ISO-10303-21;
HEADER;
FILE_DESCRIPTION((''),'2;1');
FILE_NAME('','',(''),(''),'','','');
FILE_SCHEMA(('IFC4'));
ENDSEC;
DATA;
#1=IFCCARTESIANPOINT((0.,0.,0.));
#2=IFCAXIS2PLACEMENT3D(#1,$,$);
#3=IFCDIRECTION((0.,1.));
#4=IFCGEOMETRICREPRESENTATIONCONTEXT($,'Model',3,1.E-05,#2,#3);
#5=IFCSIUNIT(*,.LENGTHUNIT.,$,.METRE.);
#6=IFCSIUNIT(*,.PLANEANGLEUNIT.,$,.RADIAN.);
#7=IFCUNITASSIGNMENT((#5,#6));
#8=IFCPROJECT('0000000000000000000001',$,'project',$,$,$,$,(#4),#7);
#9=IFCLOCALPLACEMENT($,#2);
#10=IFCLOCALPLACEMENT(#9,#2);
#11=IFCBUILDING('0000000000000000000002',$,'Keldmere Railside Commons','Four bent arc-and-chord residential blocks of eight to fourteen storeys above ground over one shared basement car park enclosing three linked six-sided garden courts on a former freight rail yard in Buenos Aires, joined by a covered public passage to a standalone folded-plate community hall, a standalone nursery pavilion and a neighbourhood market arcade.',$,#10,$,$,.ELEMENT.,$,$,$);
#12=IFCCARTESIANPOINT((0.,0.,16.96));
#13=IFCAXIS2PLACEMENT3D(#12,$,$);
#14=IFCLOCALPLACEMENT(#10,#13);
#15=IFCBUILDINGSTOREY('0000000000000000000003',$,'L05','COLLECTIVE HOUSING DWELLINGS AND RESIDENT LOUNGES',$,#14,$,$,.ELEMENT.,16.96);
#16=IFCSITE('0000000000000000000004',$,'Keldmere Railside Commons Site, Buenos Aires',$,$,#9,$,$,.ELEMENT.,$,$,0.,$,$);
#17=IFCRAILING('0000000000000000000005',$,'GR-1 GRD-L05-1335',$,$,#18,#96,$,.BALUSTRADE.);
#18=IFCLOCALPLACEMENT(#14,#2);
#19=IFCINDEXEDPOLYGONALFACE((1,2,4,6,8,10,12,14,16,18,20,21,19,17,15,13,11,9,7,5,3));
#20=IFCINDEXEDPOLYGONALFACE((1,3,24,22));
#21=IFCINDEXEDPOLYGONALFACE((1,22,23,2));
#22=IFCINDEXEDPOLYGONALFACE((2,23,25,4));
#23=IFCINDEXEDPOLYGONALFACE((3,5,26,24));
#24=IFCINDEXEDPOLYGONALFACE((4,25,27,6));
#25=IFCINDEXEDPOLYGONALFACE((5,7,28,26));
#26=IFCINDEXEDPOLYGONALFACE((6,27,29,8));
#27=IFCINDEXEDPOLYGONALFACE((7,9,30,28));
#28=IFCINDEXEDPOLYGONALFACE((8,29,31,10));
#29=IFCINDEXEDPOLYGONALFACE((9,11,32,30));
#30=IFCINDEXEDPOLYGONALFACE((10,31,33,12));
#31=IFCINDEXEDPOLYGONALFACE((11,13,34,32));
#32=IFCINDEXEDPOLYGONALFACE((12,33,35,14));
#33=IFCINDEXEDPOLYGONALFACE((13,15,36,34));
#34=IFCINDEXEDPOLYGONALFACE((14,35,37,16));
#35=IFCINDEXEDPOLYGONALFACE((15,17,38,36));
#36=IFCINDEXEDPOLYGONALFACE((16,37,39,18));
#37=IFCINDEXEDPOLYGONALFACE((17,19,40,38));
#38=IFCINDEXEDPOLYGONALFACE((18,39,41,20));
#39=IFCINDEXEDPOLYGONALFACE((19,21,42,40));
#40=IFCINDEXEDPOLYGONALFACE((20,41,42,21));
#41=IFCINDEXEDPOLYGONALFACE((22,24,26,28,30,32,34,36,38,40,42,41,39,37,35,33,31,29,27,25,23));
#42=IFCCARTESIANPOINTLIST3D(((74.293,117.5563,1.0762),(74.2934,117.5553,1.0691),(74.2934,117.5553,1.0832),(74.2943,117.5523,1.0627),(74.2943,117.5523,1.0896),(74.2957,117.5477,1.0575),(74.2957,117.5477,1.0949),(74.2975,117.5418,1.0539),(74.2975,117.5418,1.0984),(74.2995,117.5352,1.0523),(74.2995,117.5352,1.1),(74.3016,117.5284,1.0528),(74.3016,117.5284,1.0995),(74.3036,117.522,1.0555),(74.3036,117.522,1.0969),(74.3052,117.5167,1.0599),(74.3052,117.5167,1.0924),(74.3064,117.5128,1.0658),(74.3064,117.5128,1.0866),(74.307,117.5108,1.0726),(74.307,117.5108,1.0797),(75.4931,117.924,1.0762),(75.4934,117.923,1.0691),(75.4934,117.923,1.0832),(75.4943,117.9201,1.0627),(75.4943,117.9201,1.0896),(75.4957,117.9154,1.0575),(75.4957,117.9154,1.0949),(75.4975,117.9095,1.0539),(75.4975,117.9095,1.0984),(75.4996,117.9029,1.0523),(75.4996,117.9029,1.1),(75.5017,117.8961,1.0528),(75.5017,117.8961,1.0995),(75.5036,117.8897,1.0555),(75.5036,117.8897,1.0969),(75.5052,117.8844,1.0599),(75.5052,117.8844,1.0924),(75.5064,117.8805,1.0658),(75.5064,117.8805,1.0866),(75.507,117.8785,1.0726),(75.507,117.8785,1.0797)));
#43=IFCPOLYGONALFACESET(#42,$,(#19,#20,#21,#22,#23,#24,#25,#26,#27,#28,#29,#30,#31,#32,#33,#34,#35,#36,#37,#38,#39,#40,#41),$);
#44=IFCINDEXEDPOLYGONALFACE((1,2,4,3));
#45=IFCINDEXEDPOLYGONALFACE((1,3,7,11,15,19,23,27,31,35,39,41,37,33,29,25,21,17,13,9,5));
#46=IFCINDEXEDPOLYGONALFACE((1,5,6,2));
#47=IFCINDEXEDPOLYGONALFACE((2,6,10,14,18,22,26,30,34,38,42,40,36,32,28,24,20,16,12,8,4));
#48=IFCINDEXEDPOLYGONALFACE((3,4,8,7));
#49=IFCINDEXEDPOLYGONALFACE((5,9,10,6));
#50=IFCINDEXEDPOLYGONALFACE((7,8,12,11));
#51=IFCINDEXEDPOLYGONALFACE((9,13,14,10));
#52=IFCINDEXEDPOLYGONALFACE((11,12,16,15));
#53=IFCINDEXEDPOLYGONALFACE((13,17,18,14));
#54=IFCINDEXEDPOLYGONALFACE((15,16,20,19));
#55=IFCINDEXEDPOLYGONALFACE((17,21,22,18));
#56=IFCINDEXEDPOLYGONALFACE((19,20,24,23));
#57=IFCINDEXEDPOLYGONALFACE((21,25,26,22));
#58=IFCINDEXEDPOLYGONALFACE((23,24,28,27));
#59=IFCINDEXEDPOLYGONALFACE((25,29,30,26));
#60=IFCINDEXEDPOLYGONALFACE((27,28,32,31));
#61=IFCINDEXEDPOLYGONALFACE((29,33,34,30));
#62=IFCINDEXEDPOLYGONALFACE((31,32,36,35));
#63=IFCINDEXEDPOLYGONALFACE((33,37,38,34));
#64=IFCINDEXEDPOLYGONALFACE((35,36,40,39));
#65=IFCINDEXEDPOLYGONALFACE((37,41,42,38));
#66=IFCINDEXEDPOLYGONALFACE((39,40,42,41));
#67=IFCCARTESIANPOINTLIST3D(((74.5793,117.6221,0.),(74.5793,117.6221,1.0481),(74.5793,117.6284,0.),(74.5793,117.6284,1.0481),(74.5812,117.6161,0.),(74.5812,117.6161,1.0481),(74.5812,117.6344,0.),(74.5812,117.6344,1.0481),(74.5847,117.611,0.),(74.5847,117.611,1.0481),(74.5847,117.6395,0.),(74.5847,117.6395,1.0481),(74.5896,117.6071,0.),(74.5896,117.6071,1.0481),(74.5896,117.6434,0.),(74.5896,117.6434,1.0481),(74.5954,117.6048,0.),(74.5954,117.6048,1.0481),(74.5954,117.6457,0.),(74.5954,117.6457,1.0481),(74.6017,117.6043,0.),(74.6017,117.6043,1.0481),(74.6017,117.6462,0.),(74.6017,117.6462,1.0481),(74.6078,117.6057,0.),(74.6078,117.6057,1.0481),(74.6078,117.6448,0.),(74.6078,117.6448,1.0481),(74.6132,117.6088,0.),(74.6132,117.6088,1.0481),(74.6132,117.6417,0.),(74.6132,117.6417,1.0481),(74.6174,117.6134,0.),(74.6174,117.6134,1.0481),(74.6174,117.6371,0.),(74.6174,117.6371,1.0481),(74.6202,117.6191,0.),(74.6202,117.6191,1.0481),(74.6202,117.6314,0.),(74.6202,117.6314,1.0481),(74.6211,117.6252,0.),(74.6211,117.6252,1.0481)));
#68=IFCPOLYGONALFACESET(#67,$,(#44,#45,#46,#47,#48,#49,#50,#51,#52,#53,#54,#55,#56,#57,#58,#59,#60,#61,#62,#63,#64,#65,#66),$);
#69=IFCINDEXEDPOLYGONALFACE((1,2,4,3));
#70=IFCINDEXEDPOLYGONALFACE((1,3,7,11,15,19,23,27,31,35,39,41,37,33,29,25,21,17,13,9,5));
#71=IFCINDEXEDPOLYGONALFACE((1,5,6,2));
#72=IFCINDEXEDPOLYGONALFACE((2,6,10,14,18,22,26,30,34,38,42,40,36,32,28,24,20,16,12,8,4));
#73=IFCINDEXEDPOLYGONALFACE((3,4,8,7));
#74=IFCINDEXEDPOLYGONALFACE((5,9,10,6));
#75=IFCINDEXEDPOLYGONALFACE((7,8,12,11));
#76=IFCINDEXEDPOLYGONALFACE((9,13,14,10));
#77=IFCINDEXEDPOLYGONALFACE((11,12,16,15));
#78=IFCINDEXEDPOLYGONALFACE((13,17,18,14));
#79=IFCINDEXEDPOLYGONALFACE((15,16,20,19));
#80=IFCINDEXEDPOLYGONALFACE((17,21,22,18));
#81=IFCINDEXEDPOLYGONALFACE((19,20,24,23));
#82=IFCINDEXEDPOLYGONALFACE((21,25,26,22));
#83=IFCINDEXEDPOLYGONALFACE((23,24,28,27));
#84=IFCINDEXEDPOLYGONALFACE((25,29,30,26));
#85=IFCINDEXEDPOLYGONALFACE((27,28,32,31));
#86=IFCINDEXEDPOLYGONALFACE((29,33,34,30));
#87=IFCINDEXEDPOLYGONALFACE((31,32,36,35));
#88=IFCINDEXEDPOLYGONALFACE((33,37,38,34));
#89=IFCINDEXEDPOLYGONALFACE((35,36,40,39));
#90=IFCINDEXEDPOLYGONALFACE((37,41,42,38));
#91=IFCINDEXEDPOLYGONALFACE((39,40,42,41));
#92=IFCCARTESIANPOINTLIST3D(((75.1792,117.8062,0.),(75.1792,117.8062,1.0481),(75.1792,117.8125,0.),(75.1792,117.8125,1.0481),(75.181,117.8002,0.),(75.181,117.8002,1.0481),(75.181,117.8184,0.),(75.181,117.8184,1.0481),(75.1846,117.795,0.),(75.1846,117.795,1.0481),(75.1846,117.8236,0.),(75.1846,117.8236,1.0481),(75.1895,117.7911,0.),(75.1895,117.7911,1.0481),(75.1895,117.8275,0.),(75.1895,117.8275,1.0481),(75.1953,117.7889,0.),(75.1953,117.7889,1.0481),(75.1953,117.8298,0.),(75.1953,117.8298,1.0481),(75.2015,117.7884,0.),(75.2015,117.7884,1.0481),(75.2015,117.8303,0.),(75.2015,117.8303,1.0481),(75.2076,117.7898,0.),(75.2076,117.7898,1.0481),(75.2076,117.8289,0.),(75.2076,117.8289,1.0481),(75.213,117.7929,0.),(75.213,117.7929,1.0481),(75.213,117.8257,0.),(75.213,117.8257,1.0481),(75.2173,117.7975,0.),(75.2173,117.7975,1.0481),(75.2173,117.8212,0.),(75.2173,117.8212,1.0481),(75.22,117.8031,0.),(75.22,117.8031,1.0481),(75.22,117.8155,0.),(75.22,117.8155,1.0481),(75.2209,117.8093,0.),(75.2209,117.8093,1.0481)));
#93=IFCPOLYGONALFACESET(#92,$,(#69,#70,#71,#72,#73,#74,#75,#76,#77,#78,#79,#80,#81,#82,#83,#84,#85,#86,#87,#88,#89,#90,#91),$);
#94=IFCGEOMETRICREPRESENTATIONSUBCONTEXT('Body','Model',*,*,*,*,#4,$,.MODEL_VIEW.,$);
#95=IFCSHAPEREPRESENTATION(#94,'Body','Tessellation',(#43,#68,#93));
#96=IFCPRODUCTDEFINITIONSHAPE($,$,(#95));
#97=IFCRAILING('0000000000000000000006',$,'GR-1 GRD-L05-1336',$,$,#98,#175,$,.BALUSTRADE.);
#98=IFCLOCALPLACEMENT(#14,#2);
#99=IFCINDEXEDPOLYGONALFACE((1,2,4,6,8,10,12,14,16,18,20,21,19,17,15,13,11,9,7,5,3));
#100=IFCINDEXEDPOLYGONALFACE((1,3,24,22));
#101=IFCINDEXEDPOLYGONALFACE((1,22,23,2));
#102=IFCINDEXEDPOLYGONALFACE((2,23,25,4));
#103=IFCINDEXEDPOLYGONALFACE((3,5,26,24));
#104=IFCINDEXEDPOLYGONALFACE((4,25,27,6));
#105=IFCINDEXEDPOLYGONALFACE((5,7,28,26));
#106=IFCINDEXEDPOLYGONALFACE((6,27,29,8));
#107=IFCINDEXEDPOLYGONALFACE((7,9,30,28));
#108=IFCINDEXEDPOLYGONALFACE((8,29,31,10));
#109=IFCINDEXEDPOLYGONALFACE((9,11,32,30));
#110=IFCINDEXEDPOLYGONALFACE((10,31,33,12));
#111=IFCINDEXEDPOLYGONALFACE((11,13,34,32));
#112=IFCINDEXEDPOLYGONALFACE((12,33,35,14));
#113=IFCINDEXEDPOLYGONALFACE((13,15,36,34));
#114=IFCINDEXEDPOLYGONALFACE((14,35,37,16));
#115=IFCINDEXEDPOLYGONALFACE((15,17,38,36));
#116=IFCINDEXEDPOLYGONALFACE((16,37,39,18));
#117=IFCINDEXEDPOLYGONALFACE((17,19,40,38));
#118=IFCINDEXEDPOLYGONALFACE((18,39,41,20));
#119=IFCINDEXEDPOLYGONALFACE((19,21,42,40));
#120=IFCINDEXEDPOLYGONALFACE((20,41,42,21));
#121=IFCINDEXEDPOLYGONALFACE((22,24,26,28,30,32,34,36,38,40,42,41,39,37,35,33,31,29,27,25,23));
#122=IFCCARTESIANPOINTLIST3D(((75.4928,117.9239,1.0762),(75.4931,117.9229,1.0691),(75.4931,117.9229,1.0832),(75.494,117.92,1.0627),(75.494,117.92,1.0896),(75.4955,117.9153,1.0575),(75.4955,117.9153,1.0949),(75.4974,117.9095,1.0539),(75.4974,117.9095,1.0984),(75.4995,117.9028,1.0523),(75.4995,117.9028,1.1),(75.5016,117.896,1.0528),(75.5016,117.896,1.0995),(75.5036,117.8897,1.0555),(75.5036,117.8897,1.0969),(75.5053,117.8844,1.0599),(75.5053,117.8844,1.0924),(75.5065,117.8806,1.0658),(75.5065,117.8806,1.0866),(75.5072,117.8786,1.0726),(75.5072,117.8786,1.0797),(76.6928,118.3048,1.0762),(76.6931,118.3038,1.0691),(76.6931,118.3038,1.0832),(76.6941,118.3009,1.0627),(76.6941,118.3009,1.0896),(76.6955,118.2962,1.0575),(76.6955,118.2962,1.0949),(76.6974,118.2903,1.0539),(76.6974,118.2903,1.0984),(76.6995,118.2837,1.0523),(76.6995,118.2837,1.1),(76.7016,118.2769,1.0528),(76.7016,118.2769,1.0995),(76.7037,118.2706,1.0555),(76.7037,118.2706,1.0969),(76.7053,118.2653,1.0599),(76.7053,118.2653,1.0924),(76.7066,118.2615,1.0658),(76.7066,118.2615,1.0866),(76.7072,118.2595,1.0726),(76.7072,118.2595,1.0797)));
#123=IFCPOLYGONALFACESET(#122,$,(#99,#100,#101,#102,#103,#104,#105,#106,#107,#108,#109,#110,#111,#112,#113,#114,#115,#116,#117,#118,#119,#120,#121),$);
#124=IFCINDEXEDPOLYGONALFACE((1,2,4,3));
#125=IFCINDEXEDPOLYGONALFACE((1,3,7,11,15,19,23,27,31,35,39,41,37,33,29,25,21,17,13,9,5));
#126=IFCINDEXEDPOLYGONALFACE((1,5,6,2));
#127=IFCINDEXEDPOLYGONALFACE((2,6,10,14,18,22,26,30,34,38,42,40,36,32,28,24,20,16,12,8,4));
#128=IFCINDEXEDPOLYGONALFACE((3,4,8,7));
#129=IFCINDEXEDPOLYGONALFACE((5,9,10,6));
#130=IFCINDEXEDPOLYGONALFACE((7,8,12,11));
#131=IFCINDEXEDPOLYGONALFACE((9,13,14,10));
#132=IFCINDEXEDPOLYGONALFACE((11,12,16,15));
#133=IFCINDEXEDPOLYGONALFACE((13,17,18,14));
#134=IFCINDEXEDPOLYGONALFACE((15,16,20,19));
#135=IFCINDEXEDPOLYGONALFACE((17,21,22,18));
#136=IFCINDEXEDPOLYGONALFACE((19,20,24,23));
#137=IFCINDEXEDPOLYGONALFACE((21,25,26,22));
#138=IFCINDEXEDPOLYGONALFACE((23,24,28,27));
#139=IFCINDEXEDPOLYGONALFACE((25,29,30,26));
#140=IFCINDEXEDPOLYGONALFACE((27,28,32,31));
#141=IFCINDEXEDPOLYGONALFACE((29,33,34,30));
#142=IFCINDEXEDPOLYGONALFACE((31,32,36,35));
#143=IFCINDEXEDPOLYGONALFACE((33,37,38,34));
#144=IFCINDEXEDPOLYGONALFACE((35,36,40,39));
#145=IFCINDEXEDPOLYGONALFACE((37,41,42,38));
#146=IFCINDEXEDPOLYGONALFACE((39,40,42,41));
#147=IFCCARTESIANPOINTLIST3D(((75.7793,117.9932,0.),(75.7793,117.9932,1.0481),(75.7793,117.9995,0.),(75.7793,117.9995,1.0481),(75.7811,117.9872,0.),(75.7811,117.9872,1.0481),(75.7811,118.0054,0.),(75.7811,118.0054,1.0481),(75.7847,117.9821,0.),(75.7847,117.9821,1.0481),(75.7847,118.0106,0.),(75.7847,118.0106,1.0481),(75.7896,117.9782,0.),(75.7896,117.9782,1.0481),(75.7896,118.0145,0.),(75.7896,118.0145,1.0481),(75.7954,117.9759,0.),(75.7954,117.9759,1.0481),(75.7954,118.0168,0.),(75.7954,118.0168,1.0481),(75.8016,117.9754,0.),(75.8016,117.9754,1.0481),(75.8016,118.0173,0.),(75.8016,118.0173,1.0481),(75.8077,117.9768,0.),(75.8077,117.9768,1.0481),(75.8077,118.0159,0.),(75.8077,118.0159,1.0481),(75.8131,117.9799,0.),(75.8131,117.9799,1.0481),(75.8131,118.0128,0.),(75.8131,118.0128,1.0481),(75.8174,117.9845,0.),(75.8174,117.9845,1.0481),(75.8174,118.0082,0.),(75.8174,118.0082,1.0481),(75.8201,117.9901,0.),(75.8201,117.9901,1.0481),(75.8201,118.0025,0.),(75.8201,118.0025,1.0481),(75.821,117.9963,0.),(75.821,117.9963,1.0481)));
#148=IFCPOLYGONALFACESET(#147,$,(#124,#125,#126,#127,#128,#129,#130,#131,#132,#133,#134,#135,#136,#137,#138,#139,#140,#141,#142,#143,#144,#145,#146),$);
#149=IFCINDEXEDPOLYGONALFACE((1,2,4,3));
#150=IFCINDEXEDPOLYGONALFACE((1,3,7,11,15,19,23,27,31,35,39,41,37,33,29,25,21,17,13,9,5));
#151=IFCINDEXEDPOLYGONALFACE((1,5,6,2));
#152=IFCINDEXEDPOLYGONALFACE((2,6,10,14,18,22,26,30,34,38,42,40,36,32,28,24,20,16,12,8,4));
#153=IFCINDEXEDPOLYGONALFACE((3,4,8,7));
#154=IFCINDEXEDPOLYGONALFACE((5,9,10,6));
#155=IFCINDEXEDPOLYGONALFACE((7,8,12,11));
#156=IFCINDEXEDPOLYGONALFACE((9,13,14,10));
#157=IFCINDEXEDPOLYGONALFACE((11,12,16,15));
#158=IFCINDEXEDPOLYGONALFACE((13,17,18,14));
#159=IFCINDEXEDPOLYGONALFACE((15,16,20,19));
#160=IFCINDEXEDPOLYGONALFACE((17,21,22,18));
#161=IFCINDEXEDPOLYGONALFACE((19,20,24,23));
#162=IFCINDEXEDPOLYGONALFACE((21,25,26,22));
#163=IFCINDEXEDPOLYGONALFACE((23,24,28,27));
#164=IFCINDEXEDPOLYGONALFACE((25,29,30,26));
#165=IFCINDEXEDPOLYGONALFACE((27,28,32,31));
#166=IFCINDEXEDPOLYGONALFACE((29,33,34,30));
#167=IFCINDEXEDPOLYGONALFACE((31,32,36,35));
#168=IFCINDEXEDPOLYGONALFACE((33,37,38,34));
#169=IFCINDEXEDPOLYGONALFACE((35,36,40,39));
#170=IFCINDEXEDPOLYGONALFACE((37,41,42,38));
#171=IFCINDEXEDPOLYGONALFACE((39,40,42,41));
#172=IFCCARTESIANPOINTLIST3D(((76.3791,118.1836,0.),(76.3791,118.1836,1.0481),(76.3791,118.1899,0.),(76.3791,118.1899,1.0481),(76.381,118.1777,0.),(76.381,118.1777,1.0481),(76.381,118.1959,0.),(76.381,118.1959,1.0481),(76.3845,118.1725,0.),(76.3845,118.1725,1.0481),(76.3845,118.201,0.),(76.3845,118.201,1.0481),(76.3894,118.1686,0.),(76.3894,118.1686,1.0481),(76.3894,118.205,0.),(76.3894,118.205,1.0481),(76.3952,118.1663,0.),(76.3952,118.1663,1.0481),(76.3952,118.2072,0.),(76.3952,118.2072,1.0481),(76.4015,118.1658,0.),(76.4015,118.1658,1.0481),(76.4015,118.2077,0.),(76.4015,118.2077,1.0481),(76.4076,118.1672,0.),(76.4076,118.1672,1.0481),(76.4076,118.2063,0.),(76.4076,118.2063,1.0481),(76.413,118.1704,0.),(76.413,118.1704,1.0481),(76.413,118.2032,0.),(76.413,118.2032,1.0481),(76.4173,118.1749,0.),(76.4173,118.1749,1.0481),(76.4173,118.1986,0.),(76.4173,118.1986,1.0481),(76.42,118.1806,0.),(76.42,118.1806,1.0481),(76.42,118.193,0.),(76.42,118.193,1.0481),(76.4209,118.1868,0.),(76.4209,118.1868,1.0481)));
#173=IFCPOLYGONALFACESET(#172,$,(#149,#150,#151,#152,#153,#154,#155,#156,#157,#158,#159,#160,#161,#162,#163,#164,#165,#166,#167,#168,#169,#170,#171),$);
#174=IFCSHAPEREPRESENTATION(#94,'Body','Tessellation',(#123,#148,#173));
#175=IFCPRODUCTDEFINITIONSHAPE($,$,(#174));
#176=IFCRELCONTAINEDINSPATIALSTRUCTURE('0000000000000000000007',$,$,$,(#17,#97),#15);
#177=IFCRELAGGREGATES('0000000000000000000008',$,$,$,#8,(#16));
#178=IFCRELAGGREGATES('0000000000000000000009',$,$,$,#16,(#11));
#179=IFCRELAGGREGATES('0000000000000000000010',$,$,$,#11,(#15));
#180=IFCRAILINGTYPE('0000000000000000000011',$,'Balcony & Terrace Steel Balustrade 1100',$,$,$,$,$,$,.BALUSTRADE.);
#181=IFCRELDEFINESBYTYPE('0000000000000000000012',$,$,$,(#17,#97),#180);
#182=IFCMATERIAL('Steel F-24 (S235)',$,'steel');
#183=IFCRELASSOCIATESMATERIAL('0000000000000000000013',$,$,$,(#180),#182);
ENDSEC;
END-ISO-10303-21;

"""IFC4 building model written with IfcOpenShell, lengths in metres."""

from ifc_helpers import new_model, si_unit, direction, frame, origin, origin_2d, place, context, subcontext, project, spatial, circle, extrude, material, type_object, element, save


model = new_model("IFC4")

# Units and contexts
model_context = context("Model", 3, precision=1e-05, world=origin(), true_north=direction((0.0, 1.0)))
body_context = subcontext(model_context, "Body", "Model", "MODEL_VIEW")
ifc_project = project(units=[si_unit("LENGTHUNIT", "METRE"), si_unit("PLANEANGLEUNIT", "RADIAN")], contexts=[model_context])

# Site, building, storey
site_placement = place(None, origin())
site = spatial("IfcSite", under=ifc_project, at=site_placement, Name="Keldmere Railside Commons Site, Buenos Aires", CompositionType="ELEMENT", RefElevation=0.0)
building_placement = place(site_placement, origin())
building = spatial("IfcBuilding", under=site, at=building_placement, Name="Keldmere Railside Commons", Description="Four bent arc-and-chord residential blocks of eight to fourteen storeys above ground over one shared basement car park enclosing three linked six-sided garden courts on a former freight rail yard in Buenos Aires, joined by a covered public passage to a standalone folded-plate community hall, a standalone nursery pavilion and a neighbourhood market arcade.", CompositionType="ELEMENT")
storey_placement = place(building_placement, frame((0.0, 0.0, 16.96)))
storey = spatial("IfcBuildingStorey", under=building, at=storey_placement, Name="L05", Description="COLLECTIVE HOUSING DWELLINGS AND RESIDENT LOUNGES", CompositionType="ELEMENT", Elevation=16.96)

# Shared definitions
ifc_material_1 = material(Name="Steel F-24 (S235)", Category="steel")

# Railings
railing_type_1 = type_object("IfcRailingType", Name="Balcony & Terrace Steel Balustrade 1100", PredefinedType="BALUSTRADE", material=ifc_material_1)
railing_1_placement = place(storey_placement, frame((74.3, 117.5334, 0.0)))
element("IfcRailing", 1, at=railing_1_placement, inside=storey, type_object=railing_type_1, Name="GR-1 GRD-L05-1335", PredefinedType="BALUSTRADE", context=body_context, shape_type="SweptSolid", body=[
    extrude(circle(Radius=0.0239, at=origin_2d()), frame((0.0, 0.0, 1.0762), z_axis=(0.956123, 0.292965, 0.0), x_axis=(-0.292965, 0.956123, 0.0)), (0.0, 0.0, 1.0), 1.2551),
    extrude(circle(Radius=0.021, at=origin_2d()), frame((0.3, 0.0918, 0.0)), (0.0, 0.0, 1.0), 1.0481),
    extrude(circle(Radius=0.021, at=origin_2d()), frame((0.8999, 0.2759, 0.0)), (0.0, 0.0, 1.0), 1.0481),
])
railing_2_placement = place(storey_placement, frame((75.5, 117.9011, 0.0)))
element("IfcRailing", 2, at=railing_2_placement, inside=storey, type_object=railing_type_1, Name="GR-1 GRD-L05-1336", PredefinedType="BALUSTRADE", context=body_context, shape_type="SweptSolid", body=[
    extrude(circle(Radius=0.0239, at=origin_2d()), frame((0.0, 0.0, 1.0762), z_axis=(0.953142, 0.302523, 0.0), x_axis=(-0.302523, 0.953142, 0.0)), (0.0, 0.0, 1.0), 1.259),
    extrude(circle(Radius=0.021, at=origin_2d()), frame((0.3, 0.0952, 0.0)), (0.0, 0.0, 1.0), 1.0481),
    extrude(circle(Radius=0.021, at=origin_2d()), frame((0.8999, 0.2856, 0.0)), (0.0, 0.0, 1.0), 1.0481),
])

save(model, "model.ifc")
